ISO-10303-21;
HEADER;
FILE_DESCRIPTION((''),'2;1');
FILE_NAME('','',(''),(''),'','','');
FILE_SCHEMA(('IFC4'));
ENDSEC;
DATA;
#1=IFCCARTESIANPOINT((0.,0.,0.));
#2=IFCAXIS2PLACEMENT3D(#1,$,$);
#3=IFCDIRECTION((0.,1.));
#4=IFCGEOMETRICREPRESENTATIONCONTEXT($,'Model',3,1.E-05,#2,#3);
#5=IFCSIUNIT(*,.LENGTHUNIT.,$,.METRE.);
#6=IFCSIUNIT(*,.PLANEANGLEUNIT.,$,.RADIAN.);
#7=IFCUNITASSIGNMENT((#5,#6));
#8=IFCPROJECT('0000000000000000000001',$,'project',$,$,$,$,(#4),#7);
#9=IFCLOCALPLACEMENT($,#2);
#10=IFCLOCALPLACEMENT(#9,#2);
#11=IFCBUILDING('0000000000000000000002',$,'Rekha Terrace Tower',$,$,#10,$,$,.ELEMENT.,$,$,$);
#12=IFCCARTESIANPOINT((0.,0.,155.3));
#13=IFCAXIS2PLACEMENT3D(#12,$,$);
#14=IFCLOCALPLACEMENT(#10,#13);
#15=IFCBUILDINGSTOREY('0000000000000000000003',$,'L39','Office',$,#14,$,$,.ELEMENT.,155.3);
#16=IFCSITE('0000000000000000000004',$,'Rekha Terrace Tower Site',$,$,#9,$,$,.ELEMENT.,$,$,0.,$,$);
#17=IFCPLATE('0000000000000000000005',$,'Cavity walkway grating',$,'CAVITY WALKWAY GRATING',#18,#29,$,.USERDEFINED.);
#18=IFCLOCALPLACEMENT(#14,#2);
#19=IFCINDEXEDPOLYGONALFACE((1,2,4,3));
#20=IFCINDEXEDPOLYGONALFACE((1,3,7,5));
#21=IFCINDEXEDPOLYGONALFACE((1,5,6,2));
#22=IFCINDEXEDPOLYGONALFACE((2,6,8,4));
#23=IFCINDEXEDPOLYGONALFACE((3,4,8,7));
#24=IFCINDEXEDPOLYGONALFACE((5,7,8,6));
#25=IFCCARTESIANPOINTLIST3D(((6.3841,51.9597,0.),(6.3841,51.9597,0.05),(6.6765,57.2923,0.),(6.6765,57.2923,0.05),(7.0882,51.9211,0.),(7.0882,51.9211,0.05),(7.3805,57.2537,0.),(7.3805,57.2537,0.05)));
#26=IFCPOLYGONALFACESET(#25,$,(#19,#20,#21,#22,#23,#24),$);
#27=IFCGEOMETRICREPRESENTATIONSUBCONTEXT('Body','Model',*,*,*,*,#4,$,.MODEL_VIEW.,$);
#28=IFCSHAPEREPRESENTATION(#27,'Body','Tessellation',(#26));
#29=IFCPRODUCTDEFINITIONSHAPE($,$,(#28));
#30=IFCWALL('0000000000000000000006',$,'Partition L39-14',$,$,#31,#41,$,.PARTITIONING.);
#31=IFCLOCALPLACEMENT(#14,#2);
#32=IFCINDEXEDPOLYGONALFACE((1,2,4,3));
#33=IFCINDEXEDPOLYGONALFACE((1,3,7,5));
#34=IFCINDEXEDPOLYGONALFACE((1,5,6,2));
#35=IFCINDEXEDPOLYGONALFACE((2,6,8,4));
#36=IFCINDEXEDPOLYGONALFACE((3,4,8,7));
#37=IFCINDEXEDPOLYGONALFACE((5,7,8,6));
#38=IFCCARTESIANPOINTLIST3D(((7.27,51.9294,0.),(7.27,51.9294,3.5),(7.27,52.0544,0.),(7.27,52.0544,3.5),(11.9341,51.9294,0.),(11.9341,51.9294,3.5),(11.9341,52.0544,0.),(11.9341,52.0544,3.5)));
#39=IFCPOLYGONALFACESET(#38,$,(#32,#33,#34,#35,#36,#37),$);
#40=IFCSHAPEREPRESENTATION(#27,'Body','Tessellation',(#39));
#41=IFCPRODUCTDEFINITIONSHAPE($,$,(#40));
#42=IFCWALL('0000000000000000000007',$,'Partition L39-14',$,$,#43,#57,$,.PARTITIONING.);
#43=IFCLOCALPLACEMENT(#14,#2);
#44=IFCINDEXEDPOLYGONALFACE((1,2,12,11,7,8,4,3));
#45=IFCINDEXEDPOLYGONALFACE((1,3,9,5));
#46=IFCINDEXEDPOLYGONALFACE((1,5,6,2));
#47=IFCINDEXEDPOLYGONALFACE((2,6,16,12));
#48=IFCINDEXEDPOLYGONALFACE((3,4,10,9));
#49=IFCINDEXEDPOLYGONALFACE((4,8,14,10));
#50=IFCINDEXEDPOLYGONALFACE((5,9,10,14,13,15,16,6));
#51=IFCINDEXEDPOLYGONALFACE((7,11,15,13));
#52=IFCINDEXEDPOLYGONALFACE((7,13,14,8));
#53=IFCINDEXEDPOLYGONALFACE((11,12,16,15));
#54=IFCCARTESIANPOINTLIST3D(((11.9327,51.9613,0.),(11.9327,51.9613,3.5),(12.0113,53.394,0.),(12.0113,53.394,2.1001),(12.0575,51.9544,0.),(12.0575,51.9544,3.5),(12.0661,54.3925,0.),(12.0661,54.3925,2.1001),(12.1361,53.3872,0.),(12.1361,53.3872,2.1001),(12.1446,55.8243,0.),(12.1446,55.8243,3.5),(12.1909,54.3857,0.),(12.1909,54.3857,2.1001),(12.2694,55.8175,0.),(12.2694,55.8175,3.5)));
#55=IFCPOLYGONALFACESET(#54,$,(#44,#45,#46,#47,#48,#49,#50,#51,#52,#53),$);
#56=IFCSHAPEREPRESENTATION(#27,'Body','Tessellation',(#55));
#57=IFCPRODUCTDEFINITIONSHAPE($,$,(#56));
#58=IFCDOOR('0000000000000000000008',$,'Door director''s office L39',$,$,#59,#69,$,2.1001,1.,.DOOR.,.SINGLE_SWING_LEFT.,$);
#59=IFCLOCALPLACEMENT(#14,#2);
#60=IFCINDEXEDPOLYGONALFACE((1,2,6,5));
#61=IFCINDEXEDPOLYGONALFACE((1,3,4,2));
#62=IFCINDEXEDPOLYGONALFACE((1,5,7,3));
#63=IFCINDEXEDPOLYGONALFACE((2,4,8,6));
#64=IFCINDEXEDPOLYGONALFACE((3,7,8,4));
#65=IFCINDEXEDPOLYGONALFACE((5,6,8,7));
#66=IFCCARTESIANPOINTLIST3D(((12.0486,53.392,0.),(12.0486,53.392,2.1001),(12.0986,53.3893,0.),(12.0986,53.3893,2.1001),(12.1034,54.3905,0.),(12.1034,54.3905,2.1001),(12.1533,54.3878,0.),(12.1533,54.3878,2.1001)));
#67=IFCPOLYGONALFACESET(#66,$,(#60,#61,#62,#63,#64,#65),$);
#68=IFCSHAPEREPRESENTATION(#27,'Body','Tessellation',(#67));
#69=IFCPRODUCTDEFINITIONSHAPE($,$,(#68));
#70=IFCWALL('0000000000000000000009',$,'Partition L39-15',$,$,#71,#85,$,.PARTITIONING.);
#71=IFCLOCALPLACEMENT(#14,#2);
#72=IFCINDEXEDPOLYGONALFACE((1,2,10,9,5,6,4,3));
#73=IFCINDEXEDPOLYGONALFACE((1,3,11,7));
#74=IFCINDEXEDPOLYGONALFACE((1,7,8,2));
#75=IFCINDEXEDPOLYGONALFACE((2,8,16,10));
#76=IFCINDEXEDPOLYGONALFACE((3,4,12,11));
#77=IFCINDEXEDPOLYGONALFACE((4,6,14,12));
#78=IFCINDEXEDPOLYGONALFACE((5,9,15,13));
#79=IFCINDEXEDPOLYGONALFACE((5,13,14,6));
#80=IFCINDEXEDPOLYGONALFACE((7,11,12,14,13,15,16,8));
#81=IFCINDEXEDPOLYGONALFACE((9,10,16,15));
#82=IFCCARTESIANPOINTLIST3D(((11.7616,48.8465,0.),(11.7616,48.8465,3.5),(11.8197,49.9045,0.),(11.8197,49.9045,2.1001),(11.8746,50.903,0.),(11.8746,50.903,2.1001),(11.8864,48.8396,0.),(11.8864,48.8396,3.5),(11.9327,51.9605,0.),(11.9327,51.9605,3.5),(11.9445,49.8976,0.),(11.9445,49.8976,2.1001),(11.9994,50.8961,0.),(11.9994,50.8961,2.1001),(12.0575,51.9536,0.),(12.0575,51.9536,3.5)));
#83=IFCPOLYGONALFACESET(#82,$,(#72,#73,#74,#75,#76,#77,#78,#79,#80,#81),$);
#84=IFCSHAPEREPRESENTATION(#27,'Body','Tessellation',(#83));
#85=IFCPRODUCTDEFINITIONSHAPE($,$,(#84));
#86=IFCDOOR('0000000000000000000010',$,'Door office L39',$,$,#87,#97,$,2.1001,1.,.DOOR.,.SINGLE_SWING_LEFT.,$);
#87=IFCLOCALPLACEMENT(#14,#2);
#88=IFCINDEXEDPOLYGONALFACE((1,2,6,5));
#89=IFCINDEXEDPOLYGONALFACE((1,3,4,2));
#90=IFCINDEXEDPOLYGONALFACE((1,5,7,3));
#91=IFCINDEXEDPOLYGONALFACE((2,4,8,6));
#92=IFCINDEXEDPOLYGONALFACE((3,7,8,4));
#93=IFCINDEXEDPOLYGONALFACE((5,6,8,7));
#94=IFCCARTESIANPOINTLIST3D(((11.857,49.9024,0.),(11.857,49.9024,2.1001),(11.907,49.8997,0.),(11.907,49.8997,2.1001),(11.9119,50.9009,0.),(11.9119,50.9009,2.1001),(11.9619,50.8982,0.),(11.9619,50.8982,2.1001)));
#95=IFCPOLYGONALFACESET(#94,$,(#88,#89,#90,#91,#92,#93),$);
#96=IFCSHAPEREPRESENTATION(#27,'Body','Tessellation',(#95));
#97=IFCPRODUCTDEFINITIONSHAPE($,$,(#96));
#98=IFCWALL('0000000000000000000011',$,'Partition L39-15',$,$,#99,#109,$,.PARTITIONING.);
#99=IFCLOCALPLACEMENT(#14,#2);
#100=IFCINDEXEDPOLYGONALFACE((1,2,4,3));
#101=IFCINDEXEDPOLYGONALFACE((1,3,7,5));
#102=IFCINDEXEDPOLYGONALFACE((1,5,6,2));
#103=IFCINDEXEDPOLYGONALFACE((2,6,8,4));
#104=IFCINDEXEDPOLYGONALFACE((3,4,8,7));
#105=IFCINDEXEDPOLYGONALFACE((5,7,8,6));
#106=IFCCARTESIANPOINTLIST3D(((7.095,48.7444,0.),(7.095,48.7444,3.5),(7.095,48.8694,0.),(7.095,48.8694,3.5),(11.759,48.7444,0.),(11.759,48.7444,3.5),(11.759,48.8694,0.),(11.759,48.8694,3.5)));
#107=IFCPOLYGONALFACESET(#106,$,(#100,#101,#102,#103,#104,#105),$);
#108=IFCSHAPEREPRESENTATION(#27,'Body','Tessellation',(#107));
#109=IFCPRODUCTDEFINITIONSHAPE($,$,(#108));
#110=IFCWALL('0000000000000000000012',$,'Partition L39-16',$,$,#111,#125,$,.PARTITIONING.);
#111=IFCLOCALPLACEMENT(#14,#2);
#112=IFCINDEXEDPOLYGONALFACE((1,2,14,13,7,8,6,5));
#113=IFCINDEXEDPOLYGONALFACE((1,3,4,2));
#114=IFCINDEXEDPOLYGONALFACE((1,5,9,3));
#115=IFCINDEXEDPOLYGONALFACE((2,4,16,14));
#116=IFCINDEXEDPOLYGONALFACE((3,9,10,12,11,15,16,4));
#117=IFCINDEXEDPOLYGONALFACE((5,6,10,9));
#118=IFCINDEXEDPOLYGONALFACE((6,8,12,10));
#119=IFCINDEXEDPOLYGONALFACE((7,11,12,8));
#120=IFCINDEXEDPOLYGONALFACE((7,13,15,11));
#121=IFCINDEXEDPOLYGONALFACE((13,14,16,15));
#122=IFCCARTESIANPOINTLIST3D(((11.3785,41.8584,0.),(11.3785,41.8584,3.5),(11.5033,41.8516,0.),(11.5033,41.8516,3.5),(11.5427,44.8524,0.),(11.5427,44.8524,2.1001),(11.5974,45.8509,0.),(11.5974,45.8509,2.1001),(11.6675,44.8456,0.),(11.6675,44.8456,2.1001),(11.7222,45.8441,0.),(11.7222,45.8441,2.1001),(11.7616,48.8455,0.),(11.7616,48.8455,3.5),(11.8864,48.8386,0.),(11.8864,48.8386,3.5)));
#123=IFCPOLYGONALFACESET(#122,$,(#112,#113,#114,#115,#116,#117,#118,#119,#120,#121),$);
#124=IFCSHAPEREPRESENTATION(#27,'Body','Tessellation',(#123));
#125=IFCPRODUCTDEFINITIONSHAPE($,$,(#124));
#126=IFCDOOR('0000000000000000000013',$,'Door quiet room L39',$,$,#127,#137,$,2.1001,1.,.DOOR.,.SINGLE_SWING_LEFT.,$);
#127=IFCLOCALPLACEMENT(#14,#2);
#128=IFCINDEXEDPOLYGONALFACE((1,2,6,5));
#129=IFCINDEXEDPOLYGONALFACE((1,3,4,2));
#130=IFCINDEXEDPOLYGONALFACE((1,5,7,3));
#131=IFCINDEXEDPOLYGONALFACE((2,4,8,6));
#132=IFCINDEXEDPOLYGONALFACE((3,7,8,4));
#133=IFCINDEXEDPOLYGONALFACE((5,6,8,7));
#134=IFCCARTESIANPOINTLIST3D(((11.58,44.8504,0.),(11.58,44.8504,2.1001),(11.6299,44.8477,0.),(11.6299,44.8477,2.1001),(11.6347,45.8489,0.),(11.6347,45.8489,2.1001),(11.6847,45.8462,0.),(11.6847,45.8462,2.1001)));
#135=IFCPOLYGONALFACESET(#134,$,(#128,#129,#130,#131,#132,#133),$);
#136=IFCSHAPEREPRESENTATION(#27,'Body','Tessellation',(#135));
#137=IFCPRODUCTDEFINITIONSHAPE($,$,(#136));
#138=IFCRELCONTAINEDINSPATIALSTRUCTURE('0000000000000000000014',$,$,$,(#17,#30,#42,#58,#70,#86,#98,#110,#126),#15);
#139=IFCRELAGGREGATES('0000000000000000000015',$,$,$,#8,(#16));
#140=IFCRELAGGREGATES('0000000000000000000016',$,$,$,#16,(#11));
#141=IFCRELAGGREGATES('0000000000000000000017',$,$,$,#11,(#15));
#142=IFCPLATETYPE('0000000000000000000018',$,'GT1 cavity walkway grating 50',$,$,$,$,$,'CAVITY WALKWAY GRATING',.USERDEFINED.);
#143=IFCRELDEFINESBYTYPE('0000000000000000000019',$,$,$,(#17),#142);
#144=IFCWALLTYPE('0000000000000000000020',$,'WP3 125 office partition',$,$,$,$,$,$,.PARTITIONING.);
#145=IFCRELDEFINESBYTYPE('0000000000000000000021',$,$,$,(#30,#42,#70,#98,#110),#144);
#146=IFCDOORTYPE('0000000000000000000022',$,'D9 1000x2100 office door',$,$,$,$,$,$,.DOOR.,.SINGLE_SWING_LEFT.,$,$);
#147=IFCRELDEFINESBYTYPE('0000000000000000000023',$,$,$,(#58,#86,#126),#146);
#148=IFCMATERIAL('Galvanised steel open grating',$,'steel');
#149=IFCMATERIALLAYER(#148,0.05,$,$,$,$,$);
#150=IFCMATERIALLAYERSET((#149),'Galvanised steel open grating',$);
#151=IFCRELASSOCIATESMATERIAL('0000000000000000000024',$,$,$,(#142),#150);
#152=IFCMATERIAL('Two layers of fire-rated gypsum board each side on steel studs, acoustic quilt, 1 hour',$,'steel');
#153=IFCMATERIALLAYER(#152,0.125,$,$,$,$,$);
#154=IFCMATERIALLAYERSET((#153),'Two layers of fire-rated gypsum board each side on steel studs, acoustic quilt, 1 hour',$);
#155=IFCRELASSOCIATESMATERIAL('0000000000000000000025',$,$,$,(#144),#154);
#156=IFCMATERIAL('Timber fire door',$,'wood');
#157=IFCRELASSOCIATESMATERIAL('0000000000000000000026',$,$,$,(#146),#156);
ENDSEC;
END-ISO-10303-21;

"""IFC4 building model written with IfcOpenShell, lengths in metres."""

from ifc_helpers import new_model, si_unit, direction, frame, frame_2d, origin, origin_2d, place, context, subcontext, project, spatial, rectangle, extrude, material, layer, layer_set, type_object, element, fill, save


model = new_model("IFC4")

# Units and contexts
model_context = context("Model", 3, precision=1e-05, world=origin(), true_north=direction((0.0, 1.0)))
body_context = subcontext(model_context, "Body", "Model", "MODEL_VIEW")
ifc_project = project(units=[si_unit("LENGTHUNIT", "METRE"), si_unit("PLANEANGLEUNIT", "RADIAN")], contexts=[model_context])

# Site, building, storey
site_placement = place(None, origin())
site = spatial("IfcSite", under=ifc_project, at=site_placement, Name="Rekha Terrace Tower Site", CompositionType="ELEMENT", RefElevation=0.0)
building_placement = place(site_placement, origin())
building = spatial("IfcBuilding", under=site, at=building_placement, Name="Rekha Terrace Tower", CompositionType="ELEMENT")
storey_placement = place(building_placement, frame((0.0, 0.0, 155.3)))
storey = spatial("IfcBuildingStorey", under=building, at=storey_placement, Name="L39", Description="Office", CompositionType="ELEMENT", Elevation=155.3)

# Plate
ifc_material_1 = material(Name="Galvanised steel open grating", Category="steel")
ifc_layer_1 = layer(ifc_material_1, 0.05)
ifc_layer_set_1 = layer_set([ifc_layer_1], Name="Galvanised steel open grating")
plate_type_1 = type_object("IfcPlateType", Name="GT1 cavity walkway grating 50", ElementType="CAVITY WALKWAY GRATING", PredefinedType="USERDEFINED", material=ifc_layer_set_1)
plate_1_placement = place(storey_placement, frame((6.8823, 54.6067, 0.0), z_axis=(0.0, 0.0, 1.0), x_axis=(-0.054742, -0.998501, 0.0)))
element("IfcPlate", 1, at=plate_1_placement, inside=storey, type_object=plate_type_1, Name="Cavity walkway grating", ObjectType="CAVITY WALKWAY GRATING", PredefinedType="USERDEFINED", context=body_context, shape_type="SweptSolid", body=[
    extrude(rectangle(XDim=5.3406, YDim=0.7051, at=origin_2d()), origin(), (0.0, 0.0, 1.0), 0.05),
])

# Wall
ifc_material_2 = material(Name="Two layers of fire-rated gypsum board each side on steel studs, acoustic quilt, 1 hour", Category="steel")
ifc_layer_2 = layer(ifc_material_2, 0.125)
ifc_layer_set_2 = layer_set([ifc_layer_2], Name="Two layers of fire-rated gypsum board each side on steel studs, acoustic quilt, 1 hour")
wall_type = type_object("IfcWallType", Name="WP3 125 office partition", PredefinedType="PARTITIONING", material=ifc_layer_set_2)
wall_1_placement = place(storey_placement, frame((11.9341, 51.9919, 0.0), z_axis=(0.0, 0.0, 1.0), x_axis=(-1.0, 0.0, 0.0)))
element("IfcWall", 2, at=wall_1_placement, inside=storey, type_object=wall_type, Name="Partition L39-14", PredefinedType="PARTITIONING", context=body_context, shape_type="SweptSolid", body=[
    extrude(rectangle(XDim=4.6641, YDim=0.125, at=frame_2d((2.332, 0.0))), origin(), (0.0, 0.0, 1.0), 3.5),
])

# Walls, openings, doors
wall_2_placement = place(storey_placement, frame((12.207, 55.821, 0.0), z_axis=(0.0, 0.0, 1.0), x_axis=(-0.054775, -0.998499, 0.0)))
wall_2 = element("IfcWall", 3, at=wall_2_placement, inside=storey, type_object=wall_type, Name="Partition L39-14", PredefinedType="PARTITIONING", context=body_context, shape_type="SweptSolid", body=[
    extrude(rectangle(XDim=3.8689, YDim=0.125, at=frame_2d((1.9346, 0.0))), origin(), (0.0, 0.0, 1.0), 3.5),
])
opening_1_placement = place(wall_2_placement, frame((1.4341, 0.0, 0.0)))
opening_1 = element("IfcOpeningElement", 4, at=opening_1_placement, cuts=wall_2, PredefinedType="OPENING", context=body_context, shape_type="SweptSolid", body=[
    extrude(rectangle(XDim=1.0, YDim=2.1001, at=frame_2d((0.5, 1.05))), frame((0.0, 0.0725, 0.0), z_axis=(0.0, -1.0, 0.0), x_axis=(1.0, 0.0, 0.0)), (0.0, 0.0, 1.0), 0.145),
])
ifc_material_3 = material(Name="Timber fire door", Category="wood")
door_type = type_object("IfcDoorType", Name="D9 1000x2100 office door", OperationType="SINGLE_SWING_LEFT", PredefinedType="DOOR", material=ifc_material_3)
door_1_placement = place(opening_1_placement, origin())
door_1 = element("IfcDoor", 5, at=door_1_placement, inside=storey, type_object=door_type, Name="Door director's office L39", OperationType="SINGLE_SWING_LEFT", OverallHeight=2.1001, OverallWidth=1.0, PredefinedType="DOOR", context=body_context, shape_type="SweptSolid", body=[
    extrude(rectangle(XDim=1.0, YDim=2.1001, at=frame_2d((0.5, 1.05))), frame((0.0, 0.0249, 0.0), z_axis=(0.0, -1.0, 0.0), x_axis=(1.0, 0.0, 0.0)), (0.0, 0.0, 1.0), 0.05),
])
fill(opening_1, door_1)
wall_3_placement = place(storey_placement, frame((11.9951, 51.957, 0.0), z_axis=(0.0, 0.0, 1.0), x_axis=(-0.054876, -0.998493, 0.0)))
wall_3 = element("IfcWall", 6, at=wall_3_placement, inside=storey, type_object=wall_type, Name="Partition L39-15", PredefinedType="PARTITIONING", context=body_context, shape_type="SweptSolid", body=[
    extrude(rectangle(XDim=3.1187, YDim=0.125, at=frame_2d((1.5593, 0.0))), origin(), (0.0, 0.0, 1.0), 3.5),
])
opening_2_placement = place(wall_3_placement, frame((1.0591, 0.0, 0.0)))
opening_2 = element("IfcOpeningElement", 7, at=opening_2_placement, cuts=wall_3, PredefinedType="OPENING", context=body_context, shape_type="SweptSolid", body=[
    extrude(rectangle(XDim=1.0, YDim=2.1001, at=frame_2d((0.5, 1.05))), frame((0.0, 0.0725, 0.0), z_axis=(0.0, -1.0, 0.0), x_axis=(1.0, 0.0, 0.0)), (0.0, 0.0, 1.0), 0.145),
])
door_2_placement = place(opening_2_placement, origin())
door_2 = element("IfcDoor", 8, at=door_2_placement, inside=storey, type_object=door_type, Name="Door office L39", OperationType="SINGLE_SWING_LEFT", OverallHeight=2.1001, OverallWidth=1.0, PredefinedType="DOOR", context=body_context, shape_type="SweptSolid", body=[
    extrude(rectangle(XDim=1.0, YDim=2.1001, at=frame_2d((0.5, 1.05))), frame((0.0, 0.0249, 0.0), z_axis=(0.0, -1.0, 0.0), x_axis=(1.0, 0.0, 0.0)), (0.0, 0.0, 1.0), 0.05),
])
fill(opening_2, door_2)

# Wall
wall_4_placement = place(storey_placement, frame((11.759, 48.8069, 0.0), z_axis=(0.0, 0.0, 1.0), x_axis=(-1.0, 0.0, 0.0)))
element("IfcWall", 9, at=wall_4_placement, inside=storey, type_object=wall_type, Name="Partition L39-15", PredefinedType="PARTITIONING", context=body_context, shape_type="SweptSolid", body=[
    extrude(rectangle(XDim=4.6641, YDim=0.125, at=frame_2d((2.332, 0.0))), origin(), (0.0, 0.0, 1.0), 3.5),
])

# Wall, opening, door
wall_5_placement = place(storey_placement, frame((11.824, 48.842, 0.0), z_axis=(0.0, 0.0, 1.0), x_axis=(-0.054742, -0.998501, 0.0)))
wall_5 = element("IfcWall", 10, at=wall_5_placement, inside=storey, type_object=wall_type, Name="Partition L39-16", PredefinedType="PARTITIONING", context=body_context, shape_type="SweptSolid", body=[
    extrude(rectangle(XDim=6.9976, YDim=0.125, at=frame_2d((3.4988, 0.0))), origin(), (0.0, 0.0, 1.0), 3.5),
])
opening_3_placement = place(wall_5_placement, frame((2.999, 0.0, 0.0)))
opening_3 = element("IfcOpeningElement", 11, at=opening_3_placement, cuts=wall_5, PredefinedType="OPENING", context=body_context, shape_type="SweptSolid", body=[
    extrude(rectangle(XDim=1.0, YDim=2.1001, at=frame_2d((0.5, 1.05))), frame((0.0, 0.0725, 0.0), z_axis=(0.0, -1.0, 0.0), x_axis=(1.0, 0.0, 0.0)), (0.0, 0.0, 1.0), 0.145),
])
door_3_placement = place(opening_3_placement, origin())
door_3 = element("IfcDoor", 12, at=door_3_placement, inside=storey, type_object=door_type, Name="Door quiet room L39", OperationType="SINGLE_SWING_LEFT", OverallHeight=2.1001, OverallWidth=1.0, PredefinedType="DOOR", context=body_context, shape_type="SweptSolid", body=[
    extrude(rectangle(XDim=1.0, YDim=2.1001, at=frame_2d((0.5, 1.05))), frame((0.0, 0.0249, 0.0), z_axis=(0.0, -1.0, 0.0), x_axis=(1.0, 0.0, 0.0)), (0.0, 0.0, 1.0), 0.05),
])
fill(opening_3, door_3)

save(model, "model.ifc")
